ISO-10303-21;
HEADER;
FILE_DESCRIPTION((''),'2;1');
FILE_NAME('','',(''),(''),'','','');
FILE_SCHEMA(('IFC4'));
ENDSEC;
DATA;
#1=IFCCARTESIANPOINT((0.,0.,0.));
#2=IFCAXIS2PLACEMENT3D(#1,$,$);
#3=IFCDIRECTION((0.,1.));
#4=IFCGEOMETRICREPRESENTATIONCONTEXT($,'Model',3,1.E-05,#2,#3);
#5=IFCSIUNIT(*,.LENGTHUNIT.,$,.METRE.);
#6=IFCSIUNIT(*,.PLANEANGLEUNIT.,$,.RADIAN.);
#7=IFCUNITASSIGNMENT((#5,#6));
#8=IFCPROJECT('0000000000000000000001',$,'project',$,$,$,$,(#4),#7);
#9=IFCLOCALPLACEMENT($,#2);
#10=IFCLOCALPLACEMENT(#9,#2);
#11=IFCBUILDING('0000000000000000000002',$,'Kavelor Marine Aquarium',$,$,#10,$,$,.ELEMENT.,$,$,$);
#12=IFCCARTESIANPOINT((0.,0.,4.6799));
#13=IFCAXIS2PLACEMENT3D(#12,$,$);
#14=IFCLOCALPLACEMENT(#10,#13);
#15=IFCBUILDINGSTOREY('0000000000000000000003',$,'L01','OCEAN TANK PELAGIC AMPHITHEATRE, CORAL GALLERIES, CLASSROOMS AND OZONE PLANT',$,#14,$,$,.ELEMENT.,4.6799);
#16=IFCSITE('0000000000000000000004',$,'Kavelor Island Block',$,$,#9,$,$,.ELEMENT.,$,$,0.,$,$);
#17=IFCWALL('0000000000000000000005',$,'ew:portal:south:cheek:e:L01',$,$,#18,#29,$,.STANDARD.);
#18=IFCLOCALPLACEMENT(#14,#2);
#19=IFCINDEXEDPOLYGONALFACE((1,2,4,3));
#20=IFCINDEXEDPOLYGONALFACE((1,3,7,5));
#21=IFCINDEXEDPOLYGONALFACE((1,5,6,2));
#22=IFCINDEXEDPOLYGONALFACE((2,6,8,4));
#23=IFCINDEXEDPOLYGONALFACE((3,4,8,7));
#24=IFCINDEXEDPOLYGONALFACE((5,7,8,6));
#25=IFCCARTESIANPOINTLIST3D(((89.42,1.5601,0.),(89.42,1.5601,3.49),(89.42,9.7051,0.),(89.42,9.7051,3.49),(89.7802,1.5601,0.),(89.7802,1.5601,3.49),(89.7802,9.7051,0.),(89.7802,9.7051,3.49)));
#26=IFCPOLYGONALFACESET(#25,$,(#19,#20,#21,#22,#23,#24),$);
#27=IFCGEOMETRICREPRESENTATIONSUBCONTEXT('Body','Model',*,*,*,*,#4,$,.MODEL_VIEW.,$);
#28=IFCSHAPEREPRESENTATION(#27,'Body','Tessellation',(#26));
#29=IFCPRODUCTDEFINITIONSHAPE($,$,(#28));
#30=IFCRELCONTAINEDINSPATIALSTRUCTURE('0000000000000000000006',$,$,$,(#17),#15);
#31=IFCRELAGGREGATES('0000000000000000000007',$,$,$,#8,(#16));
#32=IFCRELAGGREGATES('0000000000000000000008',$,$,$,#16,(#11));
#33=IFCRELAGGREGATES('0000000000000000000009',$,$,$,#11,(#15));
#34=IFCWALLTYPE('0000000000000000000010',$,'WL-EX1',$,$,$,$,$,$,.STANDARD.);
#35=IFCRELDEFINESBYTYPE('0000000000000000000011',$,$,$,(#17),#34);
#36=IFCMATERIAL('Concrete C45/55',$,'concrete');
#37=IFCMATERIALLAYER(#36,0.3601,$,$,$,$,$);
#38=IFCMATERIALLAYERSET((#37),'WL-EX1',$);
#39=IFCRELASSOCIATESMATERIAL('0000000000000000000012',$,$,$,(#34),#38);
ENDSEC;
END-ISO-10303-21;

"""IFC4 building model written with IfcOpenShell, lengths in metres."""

from ifc_helpers import new_model, si_unit, direction, frame, frame_2d, origin, place, context, subcontext, project, spatial, rectangle, extrude, material, layer, layer_set, type_object, element, save


model = new_model("IFC4")

# Units and contexts
model_context = context("Model", 3, precision=1e-05, world=origin(), true_north=direction((0.0, 1.0)))
body_context = subcontext(model_context, "Body", "Model", "MODEL_VIEW")
ifc_project = project(units=[si_unit("LENGTHUNIT", "METRE"), si_unit("PLANEANGLEUNIT", "RADIAN")], contexts=[model_context])

# Site, building, storey
site_placement = place(None, origin())
site = spatial("IfcSite", under=ifc_project, at=site_placement, Name="Kavelor Island Block", CompositionType="ELEMENT", RefElevation=0.0)
building_placement = place(site_placement, origin())
building = spatial("IfcBuilding", under=site, at=building_placement, Name="Kavelor Marine Aquarium", CompositionType="ELEMENT")
storey_placement = place(building_placement, frame((0.0, 0.0, 4.6799)))
storey = spatial("IfcBuildingStorey", under=building, at=storey_placement, Name="L01", Description="OCEAN TANK PELAGIC AMPHITHEATRE, CORAL GALLERIES, CLASSROOMS AND OZONE PLANT", CompositionType="ELEMENT", Elevation=4.6799)

# Wall
ifc_material_1 = material(Name="Concrete C45/55", Category="concrete")
ifc_layer_1 = layer(ifc_material_1, 0.3601)
ifc_layer_set_1 = layer_set([ifc_layer_1], Name="WL-EX1")
wall_type = type_object("IfcWallType", Name="WL-EX1", PredefinedType="STANDARD", material=ifc_layer_set_1)
wall_placement = place(storey_placement, frame((89.6001, 1.5601, 0.0), z_axis=(0.0, 0.0, 1.0), x_axis=(0.0, 1.0, 0.0)))
element("IfcWall", 1, at=wall_placement, inside=storey, type_object=wall_type, Name="ew:portal:south:cheek:e:L01", PredefinedType="STANDARD", context=body_context, shape_type="SweptSolid", body=[
    extrude(rectangle(XDim=8.145, YDim=0.3601, at=frame_2d((4.0725, 0.0))), origin(), (0.0, 0.0, 1.0), 3.49),
])

save(model, "model.ifc")
